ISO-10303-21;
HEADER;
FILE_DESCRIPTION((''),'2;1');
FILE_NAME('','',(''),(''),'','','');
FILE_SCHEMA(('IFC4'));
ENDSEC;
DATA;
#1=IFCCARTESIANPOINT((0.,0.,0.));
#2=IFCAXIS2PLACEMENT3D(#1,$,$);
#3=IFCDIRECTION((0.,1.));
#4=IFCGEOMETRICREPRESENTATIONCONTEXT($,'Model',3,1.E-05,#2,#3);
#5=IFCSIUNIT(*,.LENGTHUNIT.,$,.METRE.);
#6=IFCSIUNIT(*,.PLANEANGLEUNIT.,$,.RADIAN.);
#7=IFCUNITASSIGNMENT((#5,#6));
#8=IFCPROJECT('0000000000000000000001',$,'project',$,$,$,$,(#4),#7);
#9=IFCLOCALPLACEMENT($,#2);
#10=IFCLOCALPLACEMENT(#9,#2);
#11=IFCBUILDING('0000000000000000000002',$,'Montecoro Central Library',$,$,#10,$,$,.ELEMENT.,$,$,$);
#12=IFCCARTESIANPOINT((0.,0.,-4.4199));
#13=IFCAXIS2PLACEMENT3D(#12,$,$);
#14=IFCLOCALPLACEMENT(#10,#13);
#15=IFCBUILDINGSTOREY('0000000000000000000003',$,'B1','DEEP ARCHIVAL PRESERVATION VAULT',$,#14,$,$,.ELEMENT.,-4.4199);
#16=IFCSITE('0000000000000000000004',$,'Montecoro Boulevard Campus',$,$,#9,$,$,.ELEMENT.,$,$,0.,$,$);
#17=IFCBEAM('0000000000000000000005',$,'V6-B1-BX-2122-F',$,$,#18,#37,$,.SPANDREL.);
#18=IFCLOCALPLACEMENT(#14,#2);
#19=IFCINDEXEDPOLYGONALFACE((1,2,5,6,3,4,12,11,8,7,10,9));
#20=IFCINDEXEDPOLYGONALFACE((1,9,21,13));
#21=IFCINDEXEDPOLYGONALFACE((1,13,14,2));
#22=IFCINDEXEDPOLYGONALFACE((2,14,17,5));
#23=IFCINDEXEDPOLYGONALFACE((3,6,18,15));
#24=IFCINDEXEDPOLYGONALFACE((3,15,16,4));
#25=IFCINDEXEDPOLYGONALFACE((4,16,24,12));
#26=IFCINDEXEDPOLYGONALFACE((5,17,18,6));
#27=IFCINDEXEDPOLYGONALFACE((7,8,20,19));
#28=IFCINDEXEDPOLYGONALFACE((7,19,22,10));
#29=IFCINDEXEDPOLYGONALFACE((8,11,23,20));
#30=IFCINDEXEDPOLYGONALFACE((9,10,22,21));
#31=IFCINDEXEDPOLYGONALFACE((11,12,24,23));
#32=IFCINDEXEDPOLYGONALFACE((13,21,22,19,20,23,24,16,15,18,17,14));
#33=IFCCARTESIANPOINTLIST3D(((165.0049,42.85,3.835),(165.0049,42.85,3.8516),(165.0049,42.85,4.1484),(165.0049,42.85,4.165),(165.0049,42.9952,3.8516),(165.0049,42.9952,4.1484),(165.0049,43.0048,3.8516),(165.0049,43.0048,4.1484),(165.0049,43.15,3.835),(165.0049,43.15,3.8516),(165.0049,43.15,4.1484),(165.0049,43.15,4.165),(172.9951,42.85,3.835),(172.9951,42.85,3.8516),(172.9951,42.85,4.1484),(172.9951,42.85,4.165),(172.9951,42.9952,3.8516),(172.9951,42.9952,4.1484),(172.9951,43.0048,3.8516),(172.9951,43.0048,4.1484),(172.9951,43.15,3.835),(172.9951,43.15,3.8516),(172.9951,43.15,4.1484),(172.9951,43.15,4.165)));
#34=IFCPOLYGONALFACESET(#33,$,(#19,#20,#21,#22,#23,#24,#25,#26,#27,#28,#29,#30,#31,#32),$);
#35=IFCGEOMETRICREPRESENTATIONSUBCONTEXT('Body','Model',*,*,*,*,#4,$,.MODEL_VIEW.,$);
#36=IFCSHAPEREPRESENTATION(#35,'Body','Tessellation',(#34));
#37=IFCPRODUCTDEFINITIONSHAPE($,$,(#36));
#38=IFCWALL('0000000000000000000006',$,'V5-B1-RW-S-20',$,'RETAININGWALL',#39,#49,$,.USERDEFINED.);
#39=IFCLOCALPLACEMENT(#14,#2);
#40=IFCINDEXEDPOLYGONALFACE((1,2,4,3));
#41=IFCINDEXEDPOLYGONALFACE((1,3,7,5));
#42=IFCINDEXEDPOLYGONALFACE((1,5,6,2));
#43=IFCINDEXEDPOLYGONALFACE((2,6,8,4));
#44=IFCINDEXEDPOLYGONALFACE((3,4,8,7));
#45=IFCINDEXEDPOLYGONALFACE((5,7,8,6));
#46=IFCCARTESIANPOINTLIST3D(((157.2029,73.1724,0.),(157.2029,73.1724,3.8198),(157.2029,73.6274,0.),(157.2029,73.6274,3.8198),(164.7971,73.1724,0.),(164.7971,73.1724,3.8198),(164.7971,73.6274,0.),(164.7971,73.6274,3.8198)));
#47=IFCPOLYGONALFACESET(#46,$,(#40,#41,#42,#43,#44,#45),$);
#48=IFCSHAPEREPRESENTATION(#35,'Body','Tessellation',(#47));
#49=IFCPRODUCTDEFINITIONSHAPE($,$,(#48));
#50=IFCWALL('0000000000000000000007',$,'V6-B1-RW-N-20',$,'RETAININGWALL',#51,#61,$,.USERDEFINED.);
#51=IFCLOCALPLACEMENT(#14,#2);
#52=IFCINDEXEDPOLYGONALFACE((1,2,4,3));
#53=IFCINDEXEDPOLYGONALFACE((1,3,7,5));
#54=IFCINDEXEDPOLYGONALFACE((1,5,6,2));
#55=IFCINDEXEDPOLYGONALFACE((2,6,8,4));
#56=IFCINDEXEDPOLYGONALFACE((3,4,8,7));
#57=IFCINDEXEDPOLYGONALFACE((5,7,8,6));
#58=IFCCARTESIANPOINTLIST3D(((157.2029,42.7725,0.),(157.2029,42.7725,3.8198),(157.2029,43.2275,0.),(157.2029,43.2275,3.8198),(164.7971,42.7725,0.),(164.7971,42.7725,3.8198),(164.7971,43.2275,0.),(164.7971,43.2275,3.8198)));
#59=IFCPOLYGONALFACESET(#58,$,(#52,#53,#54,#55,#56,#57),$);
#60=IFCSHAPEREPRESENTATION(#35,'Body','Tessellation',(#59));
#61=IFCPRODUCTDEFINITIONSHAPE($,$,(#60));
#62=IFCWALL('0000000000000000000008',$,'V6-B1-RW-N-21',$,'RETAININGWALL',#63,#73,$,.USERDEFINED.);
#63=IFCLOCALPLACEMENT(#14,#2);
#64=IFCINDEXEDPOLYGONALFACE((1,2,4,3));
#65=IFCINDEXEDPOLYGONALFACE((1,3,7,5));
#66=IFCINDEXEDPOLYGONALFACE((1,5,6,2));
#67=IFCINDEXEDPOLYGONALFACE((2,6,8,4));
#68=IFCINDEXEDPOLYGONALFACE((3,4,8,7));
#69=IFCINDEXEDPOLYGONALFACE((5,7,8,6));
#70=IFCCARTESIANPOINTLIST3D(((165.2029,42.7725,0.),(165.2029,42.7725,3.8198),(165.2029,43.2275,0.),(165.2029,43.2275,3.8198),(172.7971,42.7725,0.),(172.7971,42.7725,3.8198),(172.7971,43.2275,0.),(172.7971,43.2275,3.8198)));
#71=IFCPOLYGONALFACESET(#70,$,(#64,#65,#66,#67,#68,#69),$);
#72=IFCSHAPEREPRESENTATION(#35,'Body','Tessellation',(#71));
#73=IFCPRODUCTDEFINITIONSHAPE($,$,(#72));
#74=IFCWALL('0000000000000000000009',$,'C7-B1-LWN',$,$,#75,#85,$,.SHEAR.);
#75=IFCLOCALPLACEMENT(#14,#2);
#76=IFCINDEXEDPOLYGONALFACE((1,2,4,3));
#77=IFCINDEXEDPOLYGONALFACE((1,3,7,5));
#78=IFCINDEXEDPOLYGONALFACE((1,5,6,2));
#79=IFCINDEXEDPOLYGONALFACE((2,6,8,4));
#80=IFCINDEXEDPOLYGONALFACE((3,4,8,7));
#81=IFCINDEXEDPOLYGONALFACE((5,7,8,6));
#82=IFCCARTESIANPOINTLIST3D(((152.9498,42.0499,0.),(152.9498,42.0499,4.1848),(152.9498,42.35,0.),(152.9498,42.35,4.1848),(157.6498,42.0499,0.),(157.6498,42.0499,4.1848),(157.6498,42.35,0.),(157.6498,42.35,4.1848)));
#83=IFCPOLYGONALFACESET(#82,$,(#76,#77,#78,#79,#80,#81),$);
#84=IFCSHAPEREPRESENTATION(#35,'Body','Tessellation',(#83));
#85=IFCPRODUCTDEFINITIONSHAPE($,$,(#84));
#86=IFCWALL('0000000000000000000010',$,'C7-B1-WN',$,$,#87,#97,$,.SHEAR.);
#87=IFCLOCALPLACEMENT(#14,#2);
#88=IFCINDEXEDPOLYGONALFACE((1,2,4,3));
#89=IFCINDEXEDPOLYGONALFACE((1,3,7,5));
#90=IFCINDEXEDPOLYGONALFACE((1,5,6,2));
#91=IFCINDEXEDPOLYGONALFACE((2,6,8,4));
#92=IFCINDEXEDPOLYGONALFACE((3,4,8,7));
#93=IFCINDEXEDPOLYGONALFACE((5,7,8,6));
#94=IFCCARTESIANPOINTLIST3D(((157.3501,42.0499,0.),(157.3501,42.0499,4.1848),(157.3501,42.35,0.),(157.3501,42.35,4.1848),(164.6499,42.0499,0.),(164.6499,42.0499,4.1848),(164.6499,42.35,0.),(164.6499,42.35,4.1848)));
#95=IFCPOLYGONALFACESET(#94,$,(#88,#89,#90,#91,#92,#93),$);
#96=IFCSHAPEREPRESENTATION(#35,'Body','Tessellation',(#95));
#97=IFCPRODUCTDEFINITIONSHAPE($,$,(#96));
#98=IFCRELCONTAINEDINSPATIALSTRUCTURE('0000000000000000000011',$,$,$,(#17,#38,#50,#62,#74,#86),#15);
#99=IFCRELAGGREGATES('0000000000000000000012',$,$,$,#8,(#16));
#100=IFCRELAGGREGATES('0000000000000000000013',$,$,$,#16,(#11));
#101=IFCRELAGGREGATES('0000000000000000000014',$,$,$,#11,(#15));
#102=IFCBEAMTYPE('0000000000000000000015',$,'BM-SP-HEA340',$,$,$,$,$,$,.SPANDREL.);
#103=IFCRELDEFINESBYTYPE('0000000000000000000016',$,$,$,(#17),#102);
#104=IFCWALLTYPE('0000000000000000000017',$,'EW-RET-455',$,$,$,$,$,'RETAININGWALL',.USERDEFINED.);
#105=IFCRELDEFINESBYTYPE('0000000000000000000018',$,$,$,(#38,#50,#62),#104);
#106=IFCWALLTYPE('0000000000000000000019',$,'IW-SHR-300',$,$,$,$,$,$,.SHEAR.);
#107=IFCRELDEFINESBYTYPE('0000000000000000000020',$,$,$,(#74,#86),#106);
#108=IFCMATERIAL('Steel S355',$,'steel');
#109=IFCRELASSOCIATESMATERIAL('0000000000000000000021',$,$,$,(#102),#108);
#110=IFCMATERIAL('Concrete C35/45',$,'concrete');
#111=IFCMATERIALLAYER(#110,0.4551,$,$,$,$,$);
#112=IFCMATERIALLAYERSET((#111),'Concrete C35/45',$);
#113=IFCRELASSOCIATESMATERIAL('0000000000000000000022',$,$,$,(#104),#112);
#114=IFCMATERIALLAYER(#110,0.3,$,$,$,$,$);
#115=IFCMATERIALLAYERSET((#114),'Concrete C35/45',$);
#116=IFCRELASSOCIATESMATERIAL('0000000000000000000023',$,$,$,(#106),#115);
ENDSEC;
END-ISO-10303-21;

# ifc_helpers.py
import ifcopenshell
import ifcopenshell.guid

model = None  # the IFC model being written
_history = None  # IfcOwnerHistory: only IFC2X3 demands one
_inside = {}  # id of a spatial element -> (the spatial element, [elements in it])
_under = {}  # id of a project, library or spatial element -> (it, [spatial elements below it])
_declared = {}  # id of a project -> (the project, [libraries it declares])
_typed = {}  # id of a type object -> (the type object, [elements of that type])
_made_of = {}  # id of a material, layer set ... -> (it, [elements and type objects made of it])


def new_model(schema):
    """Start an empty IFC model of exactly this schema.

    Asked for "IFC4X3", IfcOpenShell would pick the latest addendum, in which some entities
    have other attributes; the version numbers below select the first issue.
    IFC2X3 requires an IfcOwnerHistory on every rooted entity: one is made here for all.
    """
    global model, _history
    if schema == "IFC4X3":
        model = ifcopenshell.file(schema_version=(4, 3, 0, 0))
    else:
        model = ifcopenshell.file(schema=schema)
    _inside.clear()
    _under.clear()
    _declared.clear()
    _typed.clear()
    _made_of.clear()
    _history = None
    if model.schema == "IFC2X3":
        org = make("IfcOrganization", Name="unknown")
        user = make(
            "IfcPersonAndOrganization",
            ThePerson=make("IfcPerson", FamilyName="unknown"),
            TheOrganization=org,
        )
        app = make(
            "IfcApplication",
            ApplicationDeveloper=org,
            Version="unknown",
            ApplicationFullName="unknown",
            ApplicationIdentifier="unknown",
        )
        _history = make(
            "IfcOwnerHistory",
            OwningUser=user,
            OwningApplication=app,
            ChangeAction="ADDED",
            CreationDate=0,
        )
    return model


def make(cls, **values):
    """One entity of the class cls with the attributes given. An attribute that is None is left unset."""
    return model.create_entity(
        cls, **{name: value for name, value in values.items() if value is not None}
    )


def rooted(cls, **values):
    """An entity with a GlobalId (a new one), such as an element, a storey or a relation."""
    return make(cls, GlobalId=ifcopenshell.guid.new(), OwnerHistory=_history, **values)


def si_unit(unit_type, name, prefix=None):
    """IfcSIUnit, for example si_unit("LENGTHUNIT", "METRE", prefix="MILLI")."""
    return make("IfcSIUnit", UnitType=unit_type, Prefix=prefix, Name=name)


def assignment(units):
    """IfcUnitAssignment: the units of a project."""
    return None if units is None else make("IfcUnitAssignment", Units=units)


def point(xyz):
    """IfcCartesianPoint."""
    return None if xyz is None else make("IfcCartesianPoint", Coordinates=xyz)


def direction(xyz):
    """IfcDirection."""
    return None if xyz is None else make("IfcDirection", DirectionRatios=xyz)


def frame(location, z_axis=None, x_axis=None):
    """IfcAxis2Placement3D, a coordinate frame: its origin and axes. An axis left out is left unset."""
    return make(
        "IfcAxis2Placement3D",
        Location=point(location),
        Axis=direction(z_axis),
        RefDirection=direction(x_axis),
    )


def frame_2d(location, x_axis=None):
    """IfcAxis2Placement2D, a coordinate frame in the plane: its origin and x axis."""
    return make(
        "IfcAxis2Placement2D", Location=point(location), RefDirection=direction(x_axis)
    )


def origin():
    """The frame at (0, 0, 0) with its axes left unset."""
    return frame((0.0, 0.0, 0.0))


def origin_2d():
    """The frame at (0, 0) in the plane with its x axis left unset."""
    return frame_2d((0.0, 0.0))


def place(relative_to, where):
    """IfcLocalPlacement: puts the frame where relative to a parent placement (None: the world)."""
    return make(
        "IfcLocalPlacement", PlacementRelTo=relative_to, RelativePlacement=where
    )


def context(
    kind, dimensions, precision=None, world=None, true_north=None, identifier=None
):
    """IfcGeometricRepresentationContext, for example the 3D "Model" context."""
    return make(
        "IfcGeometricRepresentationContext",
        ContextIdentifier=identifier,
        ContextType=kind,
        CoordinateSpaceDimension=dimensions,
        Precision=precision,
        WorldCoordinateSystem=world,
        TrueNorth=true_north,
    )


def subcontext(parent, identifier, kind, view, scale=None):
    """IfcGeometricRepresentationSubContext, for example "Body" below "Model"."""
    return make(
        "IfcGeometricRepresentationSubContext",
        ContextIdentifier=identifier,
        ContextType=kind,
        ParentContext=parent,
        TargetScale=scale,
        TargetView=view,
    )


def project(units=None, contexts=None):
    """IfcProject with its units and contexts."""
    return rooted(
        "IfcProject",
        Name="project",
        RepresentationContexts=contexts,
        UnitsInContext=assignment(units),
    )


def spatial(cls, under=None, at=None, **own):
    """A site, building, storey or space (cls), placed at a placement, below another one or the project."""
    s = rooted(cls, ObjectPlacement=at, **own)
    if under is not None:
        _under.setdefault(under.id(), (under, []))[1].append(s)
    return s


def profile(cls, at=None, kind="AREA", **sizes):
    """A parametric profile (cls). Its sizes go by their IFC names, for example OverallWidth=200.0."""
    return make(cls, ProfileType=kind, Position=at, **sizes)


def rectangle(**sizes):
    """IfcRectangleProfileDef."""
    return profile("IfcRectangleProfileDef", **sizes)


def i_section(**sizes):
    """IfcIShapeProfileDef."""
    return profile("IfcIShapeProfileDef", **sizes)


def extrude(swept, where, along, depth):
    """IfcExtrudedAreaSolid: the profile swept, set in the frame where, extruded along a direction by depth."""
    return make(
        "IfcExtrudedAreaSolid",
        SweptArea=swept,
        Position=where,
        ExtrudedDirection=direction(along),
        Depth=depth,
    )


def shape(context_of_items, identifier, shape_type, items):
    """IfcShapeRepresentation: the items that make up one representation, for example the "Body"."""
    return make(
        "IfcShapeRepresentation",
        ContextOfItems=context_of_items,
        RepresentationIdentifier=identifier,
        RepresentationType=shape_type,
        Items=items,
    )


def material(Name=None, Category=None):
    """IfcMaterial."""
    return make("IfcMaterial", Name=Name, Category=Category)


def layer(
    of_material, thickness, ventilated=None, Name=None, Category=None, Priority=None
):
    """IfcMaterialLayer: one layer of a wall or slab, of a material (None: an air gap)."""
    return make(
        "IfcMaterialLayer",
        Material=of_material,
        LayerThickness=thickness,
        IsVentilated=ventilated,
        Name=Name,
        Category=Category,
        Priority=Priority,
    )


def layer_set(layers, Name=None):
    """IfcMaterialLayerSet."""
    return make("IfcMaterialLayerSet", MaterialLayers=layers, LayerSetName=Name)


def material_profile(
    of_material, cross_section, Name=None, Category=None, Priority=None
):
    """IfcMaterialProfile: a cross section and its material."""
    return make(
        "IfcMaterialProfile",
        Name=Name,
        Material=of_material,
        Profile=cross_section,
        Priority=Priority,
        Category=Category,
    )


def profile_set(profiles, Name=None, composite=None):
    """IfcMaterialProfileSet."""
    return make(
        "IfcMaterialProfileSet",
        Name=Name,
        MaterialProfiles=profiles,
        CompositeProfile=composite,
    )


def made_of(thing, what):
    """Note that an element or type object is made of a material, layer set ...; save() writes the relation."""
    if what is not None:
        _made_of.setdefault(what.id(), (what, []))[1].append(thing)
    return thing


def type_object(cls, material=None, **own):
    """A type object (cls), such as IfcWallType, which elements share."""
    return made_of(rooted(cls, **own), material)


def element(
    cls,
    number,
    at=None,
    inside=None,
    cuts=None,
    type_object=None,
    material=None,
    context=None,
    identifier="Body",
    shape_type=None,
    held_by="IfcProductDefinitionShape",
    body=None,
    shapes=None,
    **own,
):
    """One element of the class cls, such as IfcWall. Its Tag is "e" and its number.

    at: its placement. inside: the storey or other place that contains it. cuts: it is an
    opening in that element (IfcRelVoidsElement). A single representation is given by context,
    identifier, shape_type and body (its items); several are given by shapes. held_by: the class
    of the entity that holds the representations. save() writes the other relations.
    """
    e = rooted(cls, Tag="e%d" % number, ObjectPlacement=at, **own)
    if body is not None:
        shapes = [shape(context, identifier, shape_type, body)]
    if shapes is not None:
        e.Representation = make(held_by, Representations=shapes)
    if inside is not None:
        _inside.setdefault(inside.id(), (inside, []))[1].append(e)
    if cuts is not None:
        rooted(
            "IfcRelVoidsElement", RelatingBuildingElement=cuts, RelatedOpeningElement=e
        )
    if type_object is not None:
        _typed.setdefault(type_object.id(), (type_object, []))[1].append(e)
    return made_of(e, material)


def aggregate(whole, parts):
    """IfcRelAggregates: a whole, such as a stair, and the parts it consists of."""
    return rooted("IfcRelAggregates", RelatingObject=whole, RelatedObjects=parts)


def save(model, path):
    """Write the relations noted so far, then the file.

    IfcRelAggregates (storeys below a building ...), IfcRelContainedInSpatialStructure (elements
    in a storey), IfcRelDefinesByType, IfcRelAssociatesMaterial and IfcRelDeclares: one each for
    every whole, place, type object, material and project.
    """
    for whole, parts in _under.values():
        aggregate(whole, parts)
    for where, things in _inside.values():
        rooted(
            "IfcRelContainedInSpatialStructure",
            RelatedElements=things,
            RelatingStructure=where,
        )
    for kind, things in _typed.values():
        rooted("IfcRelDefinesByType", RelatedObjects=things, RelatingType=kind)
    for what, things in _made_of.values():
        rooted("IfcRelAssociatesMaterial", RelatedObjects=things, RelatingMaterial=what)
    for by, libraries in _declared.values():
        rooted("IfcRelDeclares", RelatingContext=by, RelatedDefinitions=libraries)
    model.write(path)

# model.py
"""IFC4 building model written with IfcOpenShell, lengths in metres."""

from ifc_helpers import new_model, si_unit, direction, frame, frame_2d, origin, origin_2d, place, context, subcontext, project, spatial, rectangle, i_section, extrude, material, layer, layer_set, material_profile, profile_set, type_object, element, save


model = new_model("IFC4")

# Units and contexts
model_context = context("Model", 3, precision=1e-05, world=origin(), true_north=direction((0.0, 1.0)))
body_context = subcontext(model_context, "Body", "Model", "MODEL_VIEW")
ifc_project = project(units=[si_unit("LENGTHUNIT", "METRE"), si_unit("PLANEANGLEUNIT", "RADIAN")], contexts=[model_context])

# Site, building, storey
site_placement = place(None, origin())
site = spatial("IfcSite", under=ifc_project, at=site_placement, Name="Montecoro Boulevard Campus", CompositionType="ELEMENT", RefElevation=0.0)
building_placement = place(site_placement, origin())
building = spatial("IfcBuilding", under=site, at=building_placement, Name="Montecoro Central Library", CompositionType="ELEMENT")
storey_placement = place(building_placement, frame((0.0, 0.0, -4.4199)))
storey = spatial("IfcBuildingStorey", under=building, at=storey_placement, Name="B1", Description="DEEP ARCHIVAL PRESERVATION VAULT", CompositionType="ELEMENT", Elevation=-4.4199)

# Shared definitions
ifc_material_1 = material(Name="Concrete C35/45", Category="concrete")

# Beam
ifc_material_2 = material(Name="Steel S355", Category="steel")
ifc_material_profile_1 = material_profile(ifc_material_2, i_section(OverallWidth=0.3, OverallDepth=0.3301, WebThickness=0.0095, FlangeThickness=0.0166, at=origin_2d()), Name="HEA 340")
ifc_profile_set_1 = profile_set([ifc_material_profile_1], Name="Steel S355")
beam_type = type_object("IfcBeamType", Name="BM-SP-HEA340", PredefinedType="SPANDREL", material=ifc_profile_set_1)
for number, where, z_axis, x_axis, name in (
    (1, (165.0049, 43.0, 4.0), (1.0, 0.0, 0.0), (0.0, 1.0, 0.0), "V6-B1-BX-2122-F"),
):
    element("IfcBeam", number, at=place(storey_placement, frame(where, z_axis=z_axis, x_axis=x_axis)), inside=storey, type_object=beam_type, Name=name, PredefinedType="SPANDREL", context=body_context, shape_type="SweptSolid", body=[
        extrude(i_section(OverallWidth=0.3, OverallDepth=0.3301, WebThickness=0.0095, FlangeThickness=0.0166, at=origin_2d()), origin(), (0.0, 0.0, 1.0), 7.9902),
    ])

# Walls
ifc_layer_1 = layer(ifc_material_1, 0.4551)
ifc_layer_set_1 = layer_set([ifc_layer_1], Name="Concrete C35/45")
wall_type_1 = type_object("IfcWallType", Name="EW-RET-455", ElementType="RETAININGWALL", PredefinedType="USERDEFINED", material=ifc_layer_set_1)
for number, where, z_axis, x_axis, name in (
    (2, (157.2029, 73.3999, 0.0), (0.0, 0.0, 1.0), (1.0, 0.0, 0.0), "V5-B1-RW-S-20"),
    (3, (157.2029, 43.0, 0.0), (0.0, 0.0, 1.0), (1.0, 0.0, 0.0), "V6-B1-RW-N-20"),
    (4, (165.2029, 43.0, 0.0), (0.0, 0.0, 1.0), (1.0, 0.0, 0.0), "V6-B1-RW-N-21"),
):
    element("IfcWall", number, at=place(storey_placement, frame(where, z_axis=z_axis, x_axis=x_axis)), inside=storey, type_object=wall_type_1, Name=name, ObjectType="RETAININGWALL", PredefinedType="USERDEFINED", context=body_context, shape_type="SweptSolid", body=[
        extrude(rectangle(XDim=7.5942, YDim=0.4551, at=frame_2d((3.7971, 0.0))), origin(), (0.0, 0.0, 1.0), 3.8198),
    ])
ifc_layer_2 = layer(ifc_material_1, 0.3)
ifc_layer_set_2 = layer_set([ifc_layer_2], Name="Concrete C35/45")
wall_type_2 = type_object("IfcWallType", Name="IW-SHR-300", PredefinedType="SHEAR", material=ifc_layer_set_2)
wall_1_placement = place(storey_placement, frame((157.6499, 42.2, 0.0), z_axis=(0.0, 0.0, 1.0), x_axis=(-1.0, 0.0, 0.0)))
element("IfcWall", 5, at=wall_1_placement, inside=storey, type_object=wall_type_2, Name="C7-B1-LWN", PredefinedType="SHEAR", context=body_context, shape_type="SweptSolid", body=[
    extrude(rectangle(XDim=4.7, YDim=0.3, at=frame_2d((2.3501, 0.0))), origin(), (0.0, 0.0, 1.0), 4.1848),
])
wall_2_placement = place(storey_placement, frame((157.3501, 42.2, 0.0), z_axis=(0.0, 0.0, 1.0), x_axis=(1.0, 0.0, 0.0)))
element("IfcWall", 6, at=wall_2_placement, inside=storey, type_object=wall_type_2, Name="C7-B1-WN", PredefinedType="SHEAR", context=body_context, shape_type="SweptSolid", body=[
    extrude(rectangle(XDim=7.2998, YDim=0.3, at=frame_2d((3.6499, 0.0))), origin(), (0.0, 0.0, 1.0), 4.1848),
])

save(model, "model.ifc")
